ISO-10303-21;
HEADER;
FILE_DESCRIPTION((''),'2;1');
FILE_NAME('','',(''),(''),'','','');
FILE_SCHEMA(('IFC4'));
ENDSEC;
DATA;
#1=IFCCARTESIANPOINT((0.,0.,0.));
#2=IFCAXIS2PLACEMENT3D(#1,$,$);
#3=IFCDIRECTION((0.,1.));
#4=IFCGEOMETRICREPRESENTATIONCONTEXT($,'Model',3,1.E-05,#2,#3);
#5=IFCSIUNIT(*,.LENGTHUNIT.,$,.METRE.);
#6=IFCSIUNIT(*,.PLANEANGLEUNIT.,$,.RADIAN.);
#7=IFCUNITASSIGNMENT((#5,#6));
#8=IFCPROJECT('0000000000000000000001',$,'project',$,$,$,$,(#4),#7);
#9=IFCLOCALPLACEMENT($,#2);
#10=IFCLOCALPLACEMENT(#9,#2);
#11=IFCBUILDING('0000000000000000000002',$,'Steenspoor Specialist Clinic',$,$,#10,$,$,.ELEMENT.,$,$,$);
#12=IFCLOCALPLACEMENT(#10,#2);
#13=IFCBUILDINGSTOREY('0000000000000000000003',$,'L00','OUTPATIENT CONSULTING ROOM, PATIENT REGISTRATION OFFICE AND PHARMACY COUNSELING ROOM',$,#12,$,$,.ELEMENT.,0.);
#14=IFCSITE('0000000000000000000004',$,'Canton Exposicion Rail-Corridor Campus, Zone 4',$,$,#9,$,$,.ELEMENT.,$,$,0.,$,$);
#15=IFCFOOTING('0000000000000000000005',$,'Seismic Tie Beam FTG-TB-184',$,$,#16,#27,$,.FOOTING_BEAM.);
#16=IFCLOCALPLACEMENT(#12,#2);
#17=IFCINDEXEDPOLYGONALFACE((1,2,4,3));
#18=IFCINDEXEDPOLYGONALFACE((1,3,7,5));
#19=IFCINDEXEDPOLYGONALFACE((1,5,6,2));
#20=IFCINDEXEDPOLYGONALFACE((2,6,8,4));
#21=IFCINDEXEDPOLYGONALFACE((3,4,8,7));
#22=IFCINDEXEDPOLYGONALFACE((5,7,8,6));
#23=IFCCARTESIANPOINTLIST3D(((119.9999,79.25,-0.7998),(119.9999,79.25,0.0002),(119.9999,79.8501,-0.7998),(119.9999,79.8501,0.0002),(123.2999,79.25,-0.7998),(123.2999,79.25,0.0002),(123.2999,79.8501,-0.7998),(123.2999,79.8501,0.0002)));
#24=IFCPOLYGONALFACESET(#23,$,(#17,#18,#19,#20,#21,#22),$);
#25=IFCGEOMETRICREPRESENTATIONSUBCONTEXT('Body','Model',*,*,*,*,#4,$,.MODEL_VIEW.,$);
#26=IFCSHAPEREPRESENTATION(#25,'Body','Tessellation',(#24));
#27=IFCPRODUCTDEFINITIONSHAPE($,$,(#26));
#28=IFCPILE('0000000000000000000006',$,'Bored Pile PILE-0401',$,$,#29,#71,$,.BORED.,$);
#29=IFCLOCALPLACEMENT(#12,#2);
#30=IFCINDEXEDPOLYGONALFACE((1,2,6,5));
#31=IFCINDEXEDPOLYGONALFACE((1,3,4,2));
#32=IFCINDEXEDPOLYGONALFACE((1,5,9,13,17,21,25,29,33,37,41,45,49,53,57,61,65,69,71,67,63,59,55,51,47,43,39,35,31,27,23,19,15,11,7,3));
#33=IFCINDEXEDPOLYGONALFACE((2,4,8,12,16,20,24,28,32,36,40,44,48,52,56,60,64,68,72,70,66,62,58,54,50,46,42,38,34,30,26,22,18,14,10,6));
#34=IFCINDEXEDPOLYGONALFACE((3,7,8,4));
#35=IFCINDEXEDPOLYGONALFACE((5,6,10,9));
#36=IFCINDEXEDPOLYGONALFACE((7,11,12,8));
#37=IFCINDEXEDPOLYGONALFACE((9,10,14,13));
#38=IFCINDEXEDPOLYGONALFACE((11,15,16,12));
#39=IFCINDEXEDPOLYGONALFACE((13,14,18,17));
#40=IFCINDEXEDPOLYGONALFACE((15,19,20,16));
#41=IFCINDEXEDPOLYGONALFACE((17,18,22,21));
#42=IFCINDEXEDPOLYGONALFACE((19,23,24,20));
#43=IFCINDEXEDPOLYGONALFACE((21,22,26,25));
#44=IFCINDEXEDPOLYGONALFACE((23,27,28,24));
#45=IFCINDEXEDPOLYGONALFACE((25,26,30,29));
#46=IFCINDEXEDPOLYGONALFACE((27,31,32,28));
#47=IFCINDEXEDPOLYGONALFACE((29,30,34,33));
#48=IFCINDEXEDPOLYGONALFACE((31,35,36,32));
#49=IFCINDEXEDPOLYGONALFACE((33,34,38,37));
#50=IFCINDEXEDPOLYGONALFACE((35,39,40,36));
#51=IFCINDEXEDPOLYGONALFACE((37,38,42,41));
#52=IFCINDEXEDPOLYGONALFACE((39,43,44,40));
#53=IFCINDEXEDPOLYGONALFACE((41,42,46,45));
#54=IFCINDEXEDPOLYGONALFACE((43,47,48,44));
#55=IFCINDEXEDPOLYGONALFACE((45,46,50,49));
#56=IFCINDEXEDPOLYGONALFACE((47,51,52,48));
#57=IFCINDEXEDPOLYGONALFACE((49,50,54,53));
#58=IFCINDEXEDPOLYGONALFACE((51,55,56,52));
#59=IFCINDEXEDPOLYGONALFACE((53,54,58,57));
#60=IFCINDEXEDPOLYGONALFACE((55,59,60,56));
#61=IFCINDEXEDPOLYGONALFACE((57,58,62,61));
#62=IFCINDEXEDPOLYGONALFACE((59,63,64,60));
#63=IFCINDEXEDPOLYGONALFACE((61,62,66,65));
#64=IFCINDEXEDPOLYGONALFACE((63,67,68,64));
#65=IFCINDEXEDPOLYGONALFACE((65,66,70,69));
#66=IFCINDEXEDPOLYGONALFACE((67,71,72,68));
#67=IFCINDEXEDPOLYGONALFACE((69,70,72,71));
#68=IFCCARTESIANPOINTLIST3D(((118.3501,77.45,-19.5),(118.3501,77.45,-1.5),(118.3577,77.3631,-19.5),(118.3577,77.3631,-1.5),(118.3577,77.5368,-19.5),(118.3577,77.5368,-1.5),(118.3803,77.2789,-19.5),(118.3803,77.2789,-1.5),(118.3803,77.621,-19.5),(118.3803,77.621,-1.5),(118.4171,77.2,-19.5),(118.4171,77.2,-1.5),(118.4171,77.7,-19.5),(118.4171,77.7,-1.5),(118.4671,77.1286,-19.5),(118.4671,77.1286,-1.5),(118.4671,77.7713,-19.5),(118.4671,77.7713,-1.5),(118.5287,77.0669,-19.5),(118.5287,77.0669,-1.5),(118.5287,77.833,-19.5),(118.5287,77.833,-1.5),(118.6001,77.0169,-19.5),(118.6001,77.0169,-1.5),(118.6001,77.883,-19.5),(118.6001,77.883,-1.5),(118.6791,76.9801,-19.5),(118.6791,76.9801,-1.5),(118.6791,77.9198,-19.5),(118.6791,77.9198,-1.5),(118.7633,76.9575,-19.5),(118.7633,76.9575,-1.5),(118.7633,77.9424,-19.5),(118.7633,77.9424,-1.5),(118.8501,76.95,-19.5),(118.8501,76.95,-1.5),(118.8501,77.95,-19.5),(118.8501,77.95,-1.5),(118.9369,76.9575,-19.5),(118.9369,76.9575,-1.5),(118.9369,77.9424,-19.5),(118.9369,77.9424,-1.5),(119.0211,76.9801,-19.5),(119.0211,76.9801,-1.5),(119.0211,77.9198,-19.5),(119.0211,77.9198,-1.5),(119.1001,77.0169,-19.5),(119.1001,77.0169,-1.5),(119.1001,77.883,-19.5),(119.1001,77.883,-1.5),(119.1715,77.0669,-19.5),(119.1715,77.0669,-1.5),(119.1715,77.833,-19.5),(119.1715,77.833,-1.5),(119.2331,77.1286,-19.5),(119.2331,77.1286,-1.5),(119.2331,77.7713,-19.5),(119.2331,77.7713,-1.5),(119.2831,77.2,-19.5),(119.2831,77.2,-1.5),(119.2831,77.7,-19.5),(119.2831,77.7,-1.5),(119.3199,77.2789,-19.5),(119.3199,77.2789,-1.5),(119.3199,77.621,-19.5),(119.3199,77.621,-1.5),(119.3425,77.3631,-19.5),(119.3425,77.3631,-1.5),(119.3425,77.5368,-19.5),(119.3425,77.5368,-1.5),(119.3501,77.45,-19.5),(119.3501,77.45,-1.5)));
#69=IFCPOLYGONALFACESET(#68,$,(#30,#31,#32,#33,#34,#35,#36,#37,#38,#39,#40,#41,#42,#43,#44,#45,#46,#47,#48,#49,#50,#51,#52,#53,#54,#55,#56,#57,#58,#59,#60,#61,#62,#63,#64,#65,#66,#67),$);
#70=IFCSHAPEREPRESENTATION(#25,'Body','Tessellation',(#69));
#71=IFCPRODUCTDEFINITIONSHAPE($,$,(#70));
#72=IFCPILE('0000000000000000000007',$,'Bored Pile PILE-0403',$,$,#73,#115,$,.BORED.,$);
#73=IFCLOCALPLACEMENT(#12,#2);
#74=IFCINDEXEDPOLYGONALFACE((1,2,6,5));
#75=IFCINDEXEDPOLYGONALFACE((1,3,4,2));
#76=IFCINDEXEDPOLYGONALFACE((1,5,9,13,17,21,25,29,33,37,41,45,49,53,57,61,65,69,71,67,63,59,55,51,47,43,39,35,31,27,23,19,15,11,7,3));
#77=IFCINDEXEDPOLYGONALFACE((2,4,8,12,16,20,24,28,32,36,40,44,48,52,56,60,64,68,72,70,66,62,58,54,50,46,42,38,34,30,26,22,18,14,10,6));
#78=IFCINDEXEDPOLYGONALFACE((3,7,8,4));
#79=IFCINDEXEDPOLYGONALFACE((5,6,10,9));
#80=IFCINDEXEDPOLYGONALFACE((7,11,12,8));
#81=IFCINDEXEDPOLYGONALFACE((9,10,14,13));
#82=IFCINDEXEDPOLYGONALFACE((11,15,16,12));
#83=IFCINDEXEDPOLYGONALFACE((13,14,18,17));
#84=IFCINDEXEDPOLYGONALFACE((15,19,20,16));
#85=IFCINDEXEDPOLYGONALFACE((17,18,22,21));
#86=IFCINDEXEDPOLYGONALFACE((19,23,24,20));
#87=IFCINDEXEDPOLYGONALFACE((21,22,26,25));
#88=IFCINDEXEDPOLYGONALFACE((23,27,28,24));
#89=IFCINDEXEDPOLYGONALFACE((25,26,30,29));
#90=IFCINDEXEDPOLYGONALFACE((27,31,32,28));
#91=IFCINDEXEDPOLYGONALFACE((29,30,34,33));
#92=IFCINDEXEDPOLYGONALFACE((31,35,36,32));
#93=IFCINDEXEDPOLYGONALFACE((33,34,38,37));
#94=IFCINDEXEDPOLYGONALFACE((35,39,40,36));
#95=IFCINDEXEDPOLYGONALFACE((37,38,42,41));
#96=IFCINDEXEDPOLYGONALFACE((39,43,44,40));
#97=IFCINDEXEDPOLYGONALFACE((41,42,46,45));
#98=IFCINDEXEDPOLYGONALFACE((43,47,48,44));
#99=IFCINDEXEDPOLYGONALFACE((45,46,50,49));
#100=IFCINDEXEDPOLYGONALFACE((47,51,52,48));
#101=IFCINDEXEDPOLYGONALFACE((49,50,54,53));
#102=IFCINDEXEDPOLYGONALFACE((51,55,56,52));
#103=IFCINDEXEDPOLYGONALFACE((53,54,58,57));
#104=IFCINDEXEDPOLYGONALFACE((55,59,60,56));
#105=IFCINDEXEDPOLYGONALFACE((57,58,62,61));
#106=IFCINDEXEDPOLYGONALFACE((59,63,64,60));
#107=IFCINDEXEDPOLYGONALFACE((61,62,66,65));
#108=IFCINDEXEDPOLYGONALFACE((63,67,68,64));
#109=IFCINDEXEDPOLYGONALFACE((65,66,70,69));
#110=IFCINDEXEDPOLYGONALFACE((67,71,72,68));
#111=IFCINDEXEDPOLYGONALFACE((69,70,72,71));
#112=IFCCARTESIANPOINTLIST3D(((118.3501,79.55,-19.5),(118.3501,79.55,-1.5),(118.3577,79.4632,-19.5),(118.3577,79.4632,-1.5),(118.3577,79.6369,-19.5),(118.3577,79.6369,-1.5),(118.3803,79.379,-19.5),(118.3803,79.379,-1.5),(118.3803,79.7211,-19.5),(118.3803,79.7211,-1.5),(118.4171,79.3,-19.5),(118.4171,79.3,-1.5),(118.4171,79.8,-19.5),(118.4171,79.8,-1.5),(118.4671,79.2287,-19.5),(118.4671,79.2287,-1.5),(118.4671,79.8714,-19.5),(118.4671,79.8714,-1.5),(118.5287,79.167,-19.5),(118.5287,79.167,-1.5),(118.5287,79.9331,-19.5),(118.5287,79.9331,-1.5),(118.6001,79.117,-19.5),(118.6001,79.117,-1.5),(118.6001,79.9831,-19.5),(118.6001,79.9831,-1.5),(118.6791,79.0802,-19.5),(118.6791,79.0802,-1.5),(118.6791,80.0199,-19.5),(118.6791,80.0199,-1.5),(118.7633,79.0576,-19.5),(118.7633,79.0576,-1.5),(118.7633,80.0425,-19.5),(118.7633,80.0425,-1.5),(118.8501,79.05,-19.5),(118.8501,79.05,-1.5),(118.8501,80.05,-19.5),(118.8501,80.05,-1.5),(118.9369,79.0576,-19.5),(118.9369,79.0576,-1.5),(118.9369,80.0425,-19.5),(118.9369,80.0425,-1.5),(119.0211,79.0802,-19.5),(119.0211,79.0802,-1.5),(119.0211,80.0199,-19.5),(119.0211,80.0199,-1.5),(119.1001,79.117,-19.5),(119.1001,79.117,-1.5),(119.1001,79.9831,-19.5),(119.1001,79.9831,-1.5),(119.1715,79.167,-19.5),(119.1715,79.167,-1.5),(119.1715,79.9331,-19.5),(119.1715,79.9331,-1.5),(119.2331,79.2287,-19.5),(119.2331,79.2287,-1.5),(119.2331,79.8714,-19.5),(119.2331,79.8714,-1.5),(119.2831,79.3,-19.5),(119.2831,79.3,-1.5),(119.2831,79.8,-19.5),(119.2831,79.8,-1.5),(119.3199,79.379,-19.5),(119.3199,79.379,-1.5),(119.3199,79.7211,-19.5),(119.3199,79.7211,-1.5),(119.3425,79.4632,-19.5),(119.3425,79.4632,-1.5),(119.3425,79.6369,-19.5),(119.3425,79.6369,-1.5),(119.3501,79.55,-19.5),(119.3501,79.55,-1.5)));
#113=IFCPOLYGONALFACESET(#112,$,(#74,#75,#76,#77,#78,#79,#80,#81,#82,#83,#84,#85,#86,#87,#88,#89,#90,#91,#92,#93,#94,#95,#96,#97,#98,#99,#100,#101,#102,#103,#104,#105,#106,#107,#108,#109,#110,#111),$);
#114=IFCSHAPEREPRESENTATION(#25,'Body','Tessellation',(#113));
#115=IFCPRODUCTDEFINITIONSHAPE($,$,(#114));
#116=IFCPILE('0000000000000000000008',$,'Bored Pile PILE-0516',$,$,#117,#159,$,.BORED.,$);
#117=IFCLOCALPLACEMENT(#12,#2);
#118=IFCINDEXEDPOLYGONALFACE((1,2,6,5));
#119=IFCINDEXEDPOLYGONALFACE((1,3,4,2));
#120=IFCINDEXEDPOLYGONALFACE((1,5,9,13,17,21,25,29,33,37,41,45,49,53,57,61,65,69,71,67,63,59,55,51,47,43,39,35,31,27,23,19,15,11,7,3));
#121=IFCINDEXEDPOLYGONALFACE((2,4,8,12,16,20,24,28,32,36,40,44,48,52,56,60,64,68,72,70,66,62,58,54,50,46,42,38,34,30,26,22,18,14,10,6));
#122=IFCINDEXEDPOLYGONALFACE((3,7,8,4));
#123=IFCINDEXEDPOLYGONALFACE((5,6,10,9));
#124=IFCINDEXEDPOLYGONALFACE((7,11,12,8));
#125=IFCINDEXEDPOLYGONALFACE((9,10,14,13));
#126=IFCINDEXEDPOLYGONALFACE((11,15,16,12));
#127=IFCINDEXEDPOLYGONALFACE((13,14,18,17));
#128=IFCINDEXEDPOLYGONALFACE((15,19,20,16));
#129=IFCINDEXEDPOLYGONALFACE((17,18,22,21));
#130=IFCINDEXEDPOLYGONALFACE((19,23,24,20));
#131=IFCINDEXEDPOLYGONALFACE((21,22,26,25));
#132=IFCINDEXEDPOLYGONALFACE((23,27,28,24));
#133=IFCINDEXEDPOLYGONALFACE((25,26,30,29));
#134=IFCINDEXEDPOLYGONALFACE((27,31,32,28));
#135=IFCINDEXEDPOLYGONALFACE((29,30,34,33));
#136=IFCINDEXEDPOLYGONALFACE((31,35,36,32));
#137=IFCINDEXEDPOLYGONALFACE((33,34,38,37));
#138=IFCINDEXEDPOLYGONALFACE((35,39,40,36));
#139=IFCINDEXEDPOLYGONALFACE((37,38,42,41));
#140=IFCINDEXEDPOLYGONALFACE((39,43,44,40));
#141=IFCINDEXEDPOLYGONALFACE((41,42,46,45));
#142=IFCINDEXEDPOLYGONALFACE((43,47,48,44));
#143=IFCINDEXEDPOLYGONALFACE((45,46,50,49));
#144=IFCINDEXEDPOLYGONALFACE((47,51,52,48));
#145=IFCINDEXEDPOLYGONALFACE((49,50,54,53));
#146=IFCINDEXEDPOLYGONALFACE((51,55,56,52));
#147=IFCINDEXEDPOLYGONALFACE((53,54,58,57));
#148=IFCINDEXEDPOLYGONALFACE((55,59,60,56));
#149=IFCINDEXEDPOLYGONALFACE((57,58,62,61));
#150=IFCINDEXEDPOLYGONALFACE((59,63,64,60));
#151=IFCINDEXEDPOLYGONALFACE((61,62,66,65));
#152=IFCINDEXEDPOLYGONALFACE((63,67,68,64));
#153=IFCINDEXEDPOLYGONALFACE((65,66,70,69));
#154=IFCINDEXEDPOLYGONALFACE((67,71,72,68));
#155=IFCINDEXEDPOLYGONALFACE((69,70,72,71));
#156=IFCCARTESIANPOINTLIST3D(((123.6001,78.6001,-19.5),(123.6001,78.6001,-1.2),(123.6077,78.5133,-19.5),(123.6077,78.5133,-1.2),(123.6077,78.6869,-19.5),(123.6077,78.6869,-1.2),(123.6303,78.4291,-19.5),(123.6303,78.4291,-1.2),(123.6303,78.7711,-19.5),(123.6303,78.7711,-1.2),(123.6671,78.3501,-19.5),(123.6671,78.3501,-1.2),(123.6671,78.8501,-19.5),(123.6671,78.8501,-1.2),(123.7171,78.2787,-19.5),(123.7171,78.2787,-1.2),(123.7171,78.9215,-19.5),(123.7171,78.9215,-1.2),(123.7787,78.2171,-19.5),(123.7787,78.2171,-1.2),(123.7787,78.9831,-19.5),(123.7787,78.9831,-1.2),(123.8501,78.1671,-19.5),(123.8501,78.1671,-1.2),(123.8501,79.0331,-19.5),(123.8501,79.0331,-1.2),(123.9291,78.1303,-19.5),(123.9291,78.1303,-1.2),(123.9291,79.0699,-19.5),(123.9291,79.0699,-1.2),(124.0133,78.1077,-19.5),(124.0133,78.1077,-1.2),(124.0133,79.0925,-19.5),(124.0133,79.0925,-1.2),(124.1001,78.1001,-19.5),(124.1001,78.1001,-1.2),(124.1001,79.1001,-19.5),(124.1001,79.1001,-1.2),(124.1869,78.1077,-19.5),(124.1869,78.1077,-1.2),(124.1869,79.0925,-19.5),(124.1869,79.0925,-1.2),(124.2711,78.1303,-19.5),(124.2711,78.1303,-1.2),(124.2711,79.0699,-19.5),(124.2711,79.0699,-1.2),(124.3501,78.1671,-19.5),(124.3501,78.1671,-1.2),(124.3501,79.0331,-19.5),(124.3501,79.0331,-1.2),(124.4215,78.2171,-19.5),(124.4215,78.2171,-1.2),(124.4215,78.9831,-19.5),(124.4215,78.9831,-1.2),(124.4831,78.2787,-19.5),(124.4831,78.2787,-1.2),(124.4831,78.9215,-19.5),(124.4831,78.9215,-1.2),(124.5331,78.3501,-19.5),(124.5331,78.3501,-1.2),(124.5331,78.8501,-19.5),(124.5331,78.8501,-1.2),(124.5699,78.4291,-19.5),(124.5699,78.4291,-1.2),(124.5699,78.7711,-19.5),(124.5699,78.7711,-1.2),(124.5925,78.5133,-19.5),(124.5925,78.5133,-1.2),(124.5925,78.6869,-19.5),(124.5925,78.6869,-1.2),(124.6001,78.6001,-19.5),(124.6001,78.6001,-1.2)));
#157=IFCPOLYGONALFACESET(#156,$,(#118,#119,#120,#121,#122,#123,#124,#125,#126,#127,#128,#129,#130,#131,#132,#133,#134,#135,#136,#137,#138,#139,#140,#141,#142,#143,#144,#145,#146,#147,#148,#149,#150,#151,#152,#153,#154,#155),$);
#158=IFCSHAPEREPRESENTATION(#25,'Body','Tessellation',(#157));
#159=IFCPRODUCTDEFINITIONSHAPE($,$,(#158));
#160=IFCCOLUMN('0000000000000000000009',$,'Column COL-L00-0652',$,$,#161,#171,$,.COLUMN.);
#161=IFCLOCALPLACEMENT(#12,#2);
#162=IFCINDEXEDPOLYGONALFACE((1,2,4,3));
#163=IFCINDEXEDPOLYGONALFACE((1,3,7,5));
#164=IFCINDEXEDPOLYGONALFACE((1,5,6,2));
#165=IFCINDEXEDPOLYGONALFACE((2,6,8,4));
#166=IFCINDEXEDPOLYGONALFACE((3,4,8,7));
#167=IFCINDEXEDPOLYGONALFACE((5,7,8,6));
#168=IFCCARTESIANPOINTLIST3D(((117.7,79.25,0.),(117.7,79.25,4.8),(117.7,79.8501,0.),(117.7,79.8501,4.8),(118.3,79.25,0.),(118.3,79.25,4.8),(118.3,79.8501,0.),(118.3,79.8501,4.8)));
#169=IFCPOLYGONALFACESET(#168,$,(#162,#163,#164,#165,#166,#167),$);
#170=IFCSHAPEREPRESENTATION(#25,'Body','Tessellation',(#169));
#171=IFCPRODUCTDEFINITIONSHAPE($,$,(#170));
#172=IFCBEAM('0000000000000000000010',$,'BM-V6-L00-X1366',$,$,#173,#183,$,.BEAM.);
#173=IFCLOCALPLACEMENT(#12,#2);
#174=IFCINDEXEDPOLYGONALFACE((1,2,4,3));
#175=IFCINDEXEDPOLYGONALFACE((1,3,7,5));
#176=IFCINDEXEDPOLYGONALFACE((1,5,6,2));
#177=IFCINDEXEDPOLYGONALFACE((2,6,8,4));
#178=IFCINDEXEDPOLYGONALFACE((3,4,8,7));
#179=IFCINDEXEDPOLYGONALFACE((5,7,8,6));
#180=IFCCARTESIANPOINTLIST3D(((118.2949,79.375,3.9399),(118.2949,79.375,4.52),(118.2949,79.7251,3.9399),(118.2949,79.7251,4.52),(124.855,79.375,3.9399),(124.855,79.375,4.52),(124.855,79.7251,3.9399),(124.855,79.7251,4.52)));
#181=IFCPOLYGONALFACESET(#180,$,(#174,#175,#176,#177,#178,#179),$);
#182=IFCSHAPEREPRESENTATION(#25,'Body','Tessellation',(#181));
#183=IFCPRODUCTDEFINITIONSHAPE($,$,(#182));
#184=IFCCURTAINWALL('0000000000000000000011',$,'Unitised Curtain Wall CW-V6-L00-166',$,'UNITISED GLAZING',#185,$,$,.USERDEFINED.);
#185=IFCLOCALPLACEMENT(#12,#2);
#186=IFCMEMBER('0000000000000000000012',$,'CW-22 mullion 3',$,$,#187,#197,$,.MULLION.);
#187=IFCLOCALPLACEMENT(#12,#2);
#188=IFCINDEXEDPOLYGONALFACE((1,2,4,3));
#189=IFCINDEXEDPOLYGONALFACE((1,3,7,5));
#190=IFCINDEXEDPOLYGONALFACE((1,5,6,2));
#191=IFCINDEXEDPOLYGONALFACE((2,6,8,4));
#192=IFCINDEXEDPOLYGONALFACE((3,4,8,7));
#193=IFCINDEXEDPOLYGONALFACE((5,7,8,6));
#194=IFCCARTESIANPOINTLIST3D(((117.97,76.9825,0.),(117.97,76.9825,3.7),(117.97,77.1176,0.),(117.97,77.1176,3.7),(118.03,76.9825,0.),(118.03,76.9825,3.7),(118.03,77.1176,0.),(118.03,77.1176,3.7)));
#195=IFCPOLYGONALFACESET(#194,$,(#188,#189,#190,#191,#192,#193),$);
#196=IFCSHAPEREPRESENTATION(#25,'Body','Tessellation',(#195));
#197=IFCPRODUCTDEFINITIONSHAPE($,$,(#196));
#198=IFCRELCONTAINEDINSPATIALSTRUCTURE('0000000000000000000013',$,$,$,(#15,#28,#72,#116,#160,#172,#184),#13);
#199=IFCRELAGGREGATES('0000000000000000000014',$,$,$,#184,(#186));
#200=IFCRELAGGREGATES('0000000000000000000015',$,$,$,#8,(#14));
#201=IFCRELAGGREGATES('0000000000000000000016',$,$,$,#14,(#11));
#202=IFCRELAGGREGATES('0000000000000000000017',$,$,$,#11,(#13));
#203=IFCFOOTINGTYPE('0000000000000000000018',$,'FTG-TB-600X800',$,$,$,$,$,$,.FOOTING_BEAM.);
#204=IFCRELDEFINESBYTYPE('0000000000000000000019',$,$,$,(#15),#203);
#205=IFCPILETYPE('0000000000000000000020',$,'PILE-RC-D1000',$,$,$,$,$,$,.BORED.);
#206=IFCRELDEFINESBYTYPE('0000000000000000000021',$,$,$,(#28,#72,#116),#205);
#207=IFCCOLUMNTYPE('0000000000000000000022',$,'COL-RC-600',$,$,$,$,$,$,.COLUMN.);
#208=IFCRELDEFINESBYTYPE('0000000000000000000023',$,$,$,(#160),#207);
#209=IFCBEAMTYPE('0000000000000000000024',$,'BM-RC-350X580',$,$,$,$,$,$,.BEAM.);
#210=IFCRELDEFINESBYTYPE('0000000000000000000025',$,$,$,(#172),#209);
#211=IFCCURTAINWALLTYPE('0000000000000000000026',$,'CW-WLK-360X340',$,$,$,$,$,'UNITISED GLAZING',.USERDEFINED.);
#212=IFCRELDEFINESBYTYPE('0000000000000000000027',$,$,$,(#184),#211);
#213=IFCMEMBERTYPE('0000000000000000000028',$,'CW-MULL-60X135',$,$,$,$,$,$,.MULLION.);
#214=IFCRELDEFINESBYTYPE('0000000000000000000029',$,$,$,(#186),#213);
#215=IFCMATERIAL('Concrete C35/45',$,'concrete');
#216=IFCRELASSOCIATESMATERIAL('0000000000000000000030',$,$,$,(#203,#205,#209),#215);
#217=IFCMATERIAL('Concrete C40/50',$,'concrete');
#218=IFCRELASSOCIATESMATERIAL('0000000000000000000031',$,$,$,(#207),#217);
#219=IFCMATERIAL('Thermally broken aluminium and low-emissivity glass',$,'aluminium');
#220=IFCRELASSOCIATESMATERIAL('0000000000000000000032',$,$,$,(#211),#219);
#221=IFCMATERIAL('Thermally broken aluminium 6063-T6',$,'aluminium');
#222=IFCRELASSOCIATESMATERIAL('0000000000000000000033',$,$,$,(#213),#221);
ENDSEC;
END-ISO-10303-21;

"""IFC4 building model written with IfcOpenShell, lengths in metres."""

from ifc_helpers import new_model, si_unit, direction, frame, origin, origin_2d, place, context, subcontext, project, spatial, rectangle, circle, extrude, material, material_profile, profile_set, type_object, element, aggregate, save


model = new_model("IFC4")

# Units and contexts
model_context = context("Model", 3, precision=1e-05, world=origin(), true_north=direction((0.0, 1.0)))
body_context = subcontext(model_context, "Body", "Model", "MODEL_VIEW")
ifc_project = project(units=[si_unit("LENGTHUNIT", "METRE"), si_unit("PLANEANGLEUNIT", "RADIAN")], contexts=[model_context])

# Site, building, storey
site_placement = place(None, origin())
site = spatial("IfcSite", under=ifc_project, at=site_placement, Name="Canton Exposicion Rail-Corridor Campus, Zone 4", CompositionType="ELEMENT", RefElevation=0.0)
building_placement = place(site_placement, origin())
building = spatial("IfcBuilding", under=site, at=building_placement, Name="Steenspoor Specialist Clinic", CompositionType="ELEMENT")
storey_placement = place(building_placement, origin())
storey = spatial("IfcBuildingStorey", under=building, at=storey_placement, Name="L00", Description="OUTPATIENT CONSULTING ROOM, PATIENT REGISTRATION OFFICE AND PHARMACY COUNSELING ROOM", CompositionType="ELEMENT", Elevation=0.0)

# Footing
ifc_material_1 = material(Name="Concrete C35/45", Category="concrete")
footing_type = type_object("IfcFootingType", Name="FTG-TB-600X800", PredefinedType="FOOTING_BEAM", material=ifc_material_1)
footing_placement = place(storey_placement, frame((121.6499, 79.55, -0.7998), z_axis=(0.0, 0.0, 1.0), x_axis=(1.0, 0.0, 0.0)))
element("IfcFooting", 1, at=footing_placement, inside=storey, type_object=footing_type, Name="Seismic Tie Beam FTG-TB-184", PredefinedType="FOOTING_BEAM", context=body_context, shape_type="SweptSolid", body=[
    extrude(rectangle(XDim=3.3, YDim=0.6001, at=origin_2d()), origin(), (0.0, 0.0, 1.0), 0.8),
])

# Piles
ifc_material_profile_1 = material_profile(ifc_material_1, circle(Radius=0.5, at=origin_2d()), Name="PILE-D1000")
ifc_profile_set_1 = profile_set([ifc_material_profile_1], Name="Concrete C35/45")
pile_type = type_object("IfcPileType", Name="PILE-RC-D1000", PredefinedType="BORED", material=ifc_profile_set_1)
for number, where, z_axis, x_axis, name in (
    (2, (118.8501, 77.45, -1.5), (0.0, 0.0, -1.0), (1.0, 0.0, 0.0), "Bored Pile PILE-0401"),
    (3, (118.8501, 79.55, -1.5), (0.0, 0.0, -1.0), (1.0, 0.0, 0.0), "Bored Pile PILE-0403"),
):
    element("IfcPile", number, at=place(storey_placement, frame(where, z_axis=z_axis, x_axis=x_axis)), inside=storey, type_object=pile_type, Name=name, PredefinedType="BORED", context=body_context, shape_type="SweptSolid", body=[
        extrude(circle(Radius=0.5, at=origin_2d()), origin(), (0.0, 0.0, 1.0), 18.0),
    ])
pile_placement = place(storey_placement, frame((124.1001, 78.6001, -1.2), z_axis=(0.0, 0.0, -1.0), x_axis=(1.0, 0.0, 0.0)))
element("IfcPile", 4, at=pile_placement, inside=storey, type_object=pile_type, Name="Bored Pile PILE-0516", PredefinedType="BORED", context=body_context, shape_type="SweptSolid", body=[
    extrude(circle(Radius=0.5, at=origin_2d()), origin(), (0.0, 0.0, 1.0), 18.3),
])

# Column
ifc_material_2 = material(Name="Concrete C40/50", Category="concrete")
ifc_material_profile_2 = material_profile(ifc_material_2, rectangle(XDim=0.6001, YDim=0.6001, at=origin_2d()), Name="RC-COL-600X600")
ifc_profile_set_2 = profile_set([ifc_material_profile_2], Name="Concrete C40/50")
column_type = type_object("IfcColumnType", Name="COL-RC-600", PredefinedType="COLUMN", material=ifc_profile_set_2)
column_placement = place(storey_placement, frame((118.0, 79.55, 0.0), z_axis=(0.0, 0.0, 1.0), x_axis=(1.0, 0.0, 0.0)))
element("IfcColumn", 5, at=column_placement, inside=storey, type_object=column_type, Name="Column COL-L00-0652", PredefinedType="COLUMN", context=body_context, shape_type="SweptSolid", body=[
    extrude(rectangle(XDim=0.6001, YDim=0.6001, at=origin_2d()), origin(), (0.0, 0.0, 1.0), 4.8),
])

# Beam
ifc_material_profile_3 = material_profile(ifc_material_1, rectangle(XDim=0.3501, YDim=0.5801, at=origin_2d()), Name="RC-BM-350X580")
ifc_profile_set_3 = profile_set([ifc_material_profile_3], Name="Concrete C35/45")
beam_type_1 = type_object("IfcBeamType", Name="BM-RC-350X580", PredefinedType="BEAM", material=ifc_profile_set_3)
beam_1_placement = place(storey_placement, frame((118.2949, 79.55, 4.23), z_axis=(1.0, 0.0, 0.0), x_axis=(0.0, 1.0, 0.0)))
element("IfcBeam", 6, at=beam_1_placement, inside=storey, type_object=beam_type_1, Name="BM-V6-L00-X1366", PredefinedType="BEAM", context=body_context, shape_type="SweptSolid", body=[
    extrude(rectangle(XDim=0.3501, YDim=0.5801, at=origin_2d()), origin(), (0.0, 0.0, 1.0), 6.5601),
])

# Curtain wall, member
ifc_material_3 = material(Name="Thermally broken aluminium and low-emissivity glass", Category="aluminium")
curtain_wall_type = type_object("IfcCurtainWallType", Name="CW-WLK-360X340", ElementType="UNITISED GLAZING", PredefinedType="USERDEFINED", material=ifc_material_3)
curtain_wall_placement = place(storey_placement, origin())
curtain_wall = element("IfcCurtainWall", 7, at=curtain_wall_placement, inside=storey, type_object=curtain_wall_type, Name="Unitised Curtain Wall CW-V6-L00-166", ObjectType="UNITISED GLAZING", PredefinedType="USERDEFINED")
ifc_material_4 = material(Name="Thermally broken aluminium 6063-T6", Category="aluminium")
ifc_material_profile_4 = material_profile(ifc_material_4, rectangle(XDim=0.0601, YDim=0.135, at=origin_2d()), Name="CWM-60X135")
ifc_profile_set_4 = profile_set([ifc_material_profile_4], Name="Thermally broken aluminium 6063-T6")
member_type_1 = type_object("IfcMemberType", Name="CW-MULL-60X135", PredefinedType="MULLION", material=ifc_profile_set_4)
member_1_placement = place(storey_placement, frame((118.0, 77.05, 0.0), z_axis=(0.0, 0.0, 1.0), x_axis=(-1.0, 0.0, 0.0)))
member_1 = element("IfcMember", 8, at=member_1_placement, type_object=member_type_1, Name="CW-22 mullion 3", PredefinedType="MULLION", context=body_context, shape_type="SweptSolid", body=[
    extrude(rectangle(XDim=0.0601, YDim=0.135, at=origin_2d()), origin(), (0.0, 0.0, 1.0), 3.7),
])

aggregate(curtain_wall, [member_1])

save(model, "model.ifc")
